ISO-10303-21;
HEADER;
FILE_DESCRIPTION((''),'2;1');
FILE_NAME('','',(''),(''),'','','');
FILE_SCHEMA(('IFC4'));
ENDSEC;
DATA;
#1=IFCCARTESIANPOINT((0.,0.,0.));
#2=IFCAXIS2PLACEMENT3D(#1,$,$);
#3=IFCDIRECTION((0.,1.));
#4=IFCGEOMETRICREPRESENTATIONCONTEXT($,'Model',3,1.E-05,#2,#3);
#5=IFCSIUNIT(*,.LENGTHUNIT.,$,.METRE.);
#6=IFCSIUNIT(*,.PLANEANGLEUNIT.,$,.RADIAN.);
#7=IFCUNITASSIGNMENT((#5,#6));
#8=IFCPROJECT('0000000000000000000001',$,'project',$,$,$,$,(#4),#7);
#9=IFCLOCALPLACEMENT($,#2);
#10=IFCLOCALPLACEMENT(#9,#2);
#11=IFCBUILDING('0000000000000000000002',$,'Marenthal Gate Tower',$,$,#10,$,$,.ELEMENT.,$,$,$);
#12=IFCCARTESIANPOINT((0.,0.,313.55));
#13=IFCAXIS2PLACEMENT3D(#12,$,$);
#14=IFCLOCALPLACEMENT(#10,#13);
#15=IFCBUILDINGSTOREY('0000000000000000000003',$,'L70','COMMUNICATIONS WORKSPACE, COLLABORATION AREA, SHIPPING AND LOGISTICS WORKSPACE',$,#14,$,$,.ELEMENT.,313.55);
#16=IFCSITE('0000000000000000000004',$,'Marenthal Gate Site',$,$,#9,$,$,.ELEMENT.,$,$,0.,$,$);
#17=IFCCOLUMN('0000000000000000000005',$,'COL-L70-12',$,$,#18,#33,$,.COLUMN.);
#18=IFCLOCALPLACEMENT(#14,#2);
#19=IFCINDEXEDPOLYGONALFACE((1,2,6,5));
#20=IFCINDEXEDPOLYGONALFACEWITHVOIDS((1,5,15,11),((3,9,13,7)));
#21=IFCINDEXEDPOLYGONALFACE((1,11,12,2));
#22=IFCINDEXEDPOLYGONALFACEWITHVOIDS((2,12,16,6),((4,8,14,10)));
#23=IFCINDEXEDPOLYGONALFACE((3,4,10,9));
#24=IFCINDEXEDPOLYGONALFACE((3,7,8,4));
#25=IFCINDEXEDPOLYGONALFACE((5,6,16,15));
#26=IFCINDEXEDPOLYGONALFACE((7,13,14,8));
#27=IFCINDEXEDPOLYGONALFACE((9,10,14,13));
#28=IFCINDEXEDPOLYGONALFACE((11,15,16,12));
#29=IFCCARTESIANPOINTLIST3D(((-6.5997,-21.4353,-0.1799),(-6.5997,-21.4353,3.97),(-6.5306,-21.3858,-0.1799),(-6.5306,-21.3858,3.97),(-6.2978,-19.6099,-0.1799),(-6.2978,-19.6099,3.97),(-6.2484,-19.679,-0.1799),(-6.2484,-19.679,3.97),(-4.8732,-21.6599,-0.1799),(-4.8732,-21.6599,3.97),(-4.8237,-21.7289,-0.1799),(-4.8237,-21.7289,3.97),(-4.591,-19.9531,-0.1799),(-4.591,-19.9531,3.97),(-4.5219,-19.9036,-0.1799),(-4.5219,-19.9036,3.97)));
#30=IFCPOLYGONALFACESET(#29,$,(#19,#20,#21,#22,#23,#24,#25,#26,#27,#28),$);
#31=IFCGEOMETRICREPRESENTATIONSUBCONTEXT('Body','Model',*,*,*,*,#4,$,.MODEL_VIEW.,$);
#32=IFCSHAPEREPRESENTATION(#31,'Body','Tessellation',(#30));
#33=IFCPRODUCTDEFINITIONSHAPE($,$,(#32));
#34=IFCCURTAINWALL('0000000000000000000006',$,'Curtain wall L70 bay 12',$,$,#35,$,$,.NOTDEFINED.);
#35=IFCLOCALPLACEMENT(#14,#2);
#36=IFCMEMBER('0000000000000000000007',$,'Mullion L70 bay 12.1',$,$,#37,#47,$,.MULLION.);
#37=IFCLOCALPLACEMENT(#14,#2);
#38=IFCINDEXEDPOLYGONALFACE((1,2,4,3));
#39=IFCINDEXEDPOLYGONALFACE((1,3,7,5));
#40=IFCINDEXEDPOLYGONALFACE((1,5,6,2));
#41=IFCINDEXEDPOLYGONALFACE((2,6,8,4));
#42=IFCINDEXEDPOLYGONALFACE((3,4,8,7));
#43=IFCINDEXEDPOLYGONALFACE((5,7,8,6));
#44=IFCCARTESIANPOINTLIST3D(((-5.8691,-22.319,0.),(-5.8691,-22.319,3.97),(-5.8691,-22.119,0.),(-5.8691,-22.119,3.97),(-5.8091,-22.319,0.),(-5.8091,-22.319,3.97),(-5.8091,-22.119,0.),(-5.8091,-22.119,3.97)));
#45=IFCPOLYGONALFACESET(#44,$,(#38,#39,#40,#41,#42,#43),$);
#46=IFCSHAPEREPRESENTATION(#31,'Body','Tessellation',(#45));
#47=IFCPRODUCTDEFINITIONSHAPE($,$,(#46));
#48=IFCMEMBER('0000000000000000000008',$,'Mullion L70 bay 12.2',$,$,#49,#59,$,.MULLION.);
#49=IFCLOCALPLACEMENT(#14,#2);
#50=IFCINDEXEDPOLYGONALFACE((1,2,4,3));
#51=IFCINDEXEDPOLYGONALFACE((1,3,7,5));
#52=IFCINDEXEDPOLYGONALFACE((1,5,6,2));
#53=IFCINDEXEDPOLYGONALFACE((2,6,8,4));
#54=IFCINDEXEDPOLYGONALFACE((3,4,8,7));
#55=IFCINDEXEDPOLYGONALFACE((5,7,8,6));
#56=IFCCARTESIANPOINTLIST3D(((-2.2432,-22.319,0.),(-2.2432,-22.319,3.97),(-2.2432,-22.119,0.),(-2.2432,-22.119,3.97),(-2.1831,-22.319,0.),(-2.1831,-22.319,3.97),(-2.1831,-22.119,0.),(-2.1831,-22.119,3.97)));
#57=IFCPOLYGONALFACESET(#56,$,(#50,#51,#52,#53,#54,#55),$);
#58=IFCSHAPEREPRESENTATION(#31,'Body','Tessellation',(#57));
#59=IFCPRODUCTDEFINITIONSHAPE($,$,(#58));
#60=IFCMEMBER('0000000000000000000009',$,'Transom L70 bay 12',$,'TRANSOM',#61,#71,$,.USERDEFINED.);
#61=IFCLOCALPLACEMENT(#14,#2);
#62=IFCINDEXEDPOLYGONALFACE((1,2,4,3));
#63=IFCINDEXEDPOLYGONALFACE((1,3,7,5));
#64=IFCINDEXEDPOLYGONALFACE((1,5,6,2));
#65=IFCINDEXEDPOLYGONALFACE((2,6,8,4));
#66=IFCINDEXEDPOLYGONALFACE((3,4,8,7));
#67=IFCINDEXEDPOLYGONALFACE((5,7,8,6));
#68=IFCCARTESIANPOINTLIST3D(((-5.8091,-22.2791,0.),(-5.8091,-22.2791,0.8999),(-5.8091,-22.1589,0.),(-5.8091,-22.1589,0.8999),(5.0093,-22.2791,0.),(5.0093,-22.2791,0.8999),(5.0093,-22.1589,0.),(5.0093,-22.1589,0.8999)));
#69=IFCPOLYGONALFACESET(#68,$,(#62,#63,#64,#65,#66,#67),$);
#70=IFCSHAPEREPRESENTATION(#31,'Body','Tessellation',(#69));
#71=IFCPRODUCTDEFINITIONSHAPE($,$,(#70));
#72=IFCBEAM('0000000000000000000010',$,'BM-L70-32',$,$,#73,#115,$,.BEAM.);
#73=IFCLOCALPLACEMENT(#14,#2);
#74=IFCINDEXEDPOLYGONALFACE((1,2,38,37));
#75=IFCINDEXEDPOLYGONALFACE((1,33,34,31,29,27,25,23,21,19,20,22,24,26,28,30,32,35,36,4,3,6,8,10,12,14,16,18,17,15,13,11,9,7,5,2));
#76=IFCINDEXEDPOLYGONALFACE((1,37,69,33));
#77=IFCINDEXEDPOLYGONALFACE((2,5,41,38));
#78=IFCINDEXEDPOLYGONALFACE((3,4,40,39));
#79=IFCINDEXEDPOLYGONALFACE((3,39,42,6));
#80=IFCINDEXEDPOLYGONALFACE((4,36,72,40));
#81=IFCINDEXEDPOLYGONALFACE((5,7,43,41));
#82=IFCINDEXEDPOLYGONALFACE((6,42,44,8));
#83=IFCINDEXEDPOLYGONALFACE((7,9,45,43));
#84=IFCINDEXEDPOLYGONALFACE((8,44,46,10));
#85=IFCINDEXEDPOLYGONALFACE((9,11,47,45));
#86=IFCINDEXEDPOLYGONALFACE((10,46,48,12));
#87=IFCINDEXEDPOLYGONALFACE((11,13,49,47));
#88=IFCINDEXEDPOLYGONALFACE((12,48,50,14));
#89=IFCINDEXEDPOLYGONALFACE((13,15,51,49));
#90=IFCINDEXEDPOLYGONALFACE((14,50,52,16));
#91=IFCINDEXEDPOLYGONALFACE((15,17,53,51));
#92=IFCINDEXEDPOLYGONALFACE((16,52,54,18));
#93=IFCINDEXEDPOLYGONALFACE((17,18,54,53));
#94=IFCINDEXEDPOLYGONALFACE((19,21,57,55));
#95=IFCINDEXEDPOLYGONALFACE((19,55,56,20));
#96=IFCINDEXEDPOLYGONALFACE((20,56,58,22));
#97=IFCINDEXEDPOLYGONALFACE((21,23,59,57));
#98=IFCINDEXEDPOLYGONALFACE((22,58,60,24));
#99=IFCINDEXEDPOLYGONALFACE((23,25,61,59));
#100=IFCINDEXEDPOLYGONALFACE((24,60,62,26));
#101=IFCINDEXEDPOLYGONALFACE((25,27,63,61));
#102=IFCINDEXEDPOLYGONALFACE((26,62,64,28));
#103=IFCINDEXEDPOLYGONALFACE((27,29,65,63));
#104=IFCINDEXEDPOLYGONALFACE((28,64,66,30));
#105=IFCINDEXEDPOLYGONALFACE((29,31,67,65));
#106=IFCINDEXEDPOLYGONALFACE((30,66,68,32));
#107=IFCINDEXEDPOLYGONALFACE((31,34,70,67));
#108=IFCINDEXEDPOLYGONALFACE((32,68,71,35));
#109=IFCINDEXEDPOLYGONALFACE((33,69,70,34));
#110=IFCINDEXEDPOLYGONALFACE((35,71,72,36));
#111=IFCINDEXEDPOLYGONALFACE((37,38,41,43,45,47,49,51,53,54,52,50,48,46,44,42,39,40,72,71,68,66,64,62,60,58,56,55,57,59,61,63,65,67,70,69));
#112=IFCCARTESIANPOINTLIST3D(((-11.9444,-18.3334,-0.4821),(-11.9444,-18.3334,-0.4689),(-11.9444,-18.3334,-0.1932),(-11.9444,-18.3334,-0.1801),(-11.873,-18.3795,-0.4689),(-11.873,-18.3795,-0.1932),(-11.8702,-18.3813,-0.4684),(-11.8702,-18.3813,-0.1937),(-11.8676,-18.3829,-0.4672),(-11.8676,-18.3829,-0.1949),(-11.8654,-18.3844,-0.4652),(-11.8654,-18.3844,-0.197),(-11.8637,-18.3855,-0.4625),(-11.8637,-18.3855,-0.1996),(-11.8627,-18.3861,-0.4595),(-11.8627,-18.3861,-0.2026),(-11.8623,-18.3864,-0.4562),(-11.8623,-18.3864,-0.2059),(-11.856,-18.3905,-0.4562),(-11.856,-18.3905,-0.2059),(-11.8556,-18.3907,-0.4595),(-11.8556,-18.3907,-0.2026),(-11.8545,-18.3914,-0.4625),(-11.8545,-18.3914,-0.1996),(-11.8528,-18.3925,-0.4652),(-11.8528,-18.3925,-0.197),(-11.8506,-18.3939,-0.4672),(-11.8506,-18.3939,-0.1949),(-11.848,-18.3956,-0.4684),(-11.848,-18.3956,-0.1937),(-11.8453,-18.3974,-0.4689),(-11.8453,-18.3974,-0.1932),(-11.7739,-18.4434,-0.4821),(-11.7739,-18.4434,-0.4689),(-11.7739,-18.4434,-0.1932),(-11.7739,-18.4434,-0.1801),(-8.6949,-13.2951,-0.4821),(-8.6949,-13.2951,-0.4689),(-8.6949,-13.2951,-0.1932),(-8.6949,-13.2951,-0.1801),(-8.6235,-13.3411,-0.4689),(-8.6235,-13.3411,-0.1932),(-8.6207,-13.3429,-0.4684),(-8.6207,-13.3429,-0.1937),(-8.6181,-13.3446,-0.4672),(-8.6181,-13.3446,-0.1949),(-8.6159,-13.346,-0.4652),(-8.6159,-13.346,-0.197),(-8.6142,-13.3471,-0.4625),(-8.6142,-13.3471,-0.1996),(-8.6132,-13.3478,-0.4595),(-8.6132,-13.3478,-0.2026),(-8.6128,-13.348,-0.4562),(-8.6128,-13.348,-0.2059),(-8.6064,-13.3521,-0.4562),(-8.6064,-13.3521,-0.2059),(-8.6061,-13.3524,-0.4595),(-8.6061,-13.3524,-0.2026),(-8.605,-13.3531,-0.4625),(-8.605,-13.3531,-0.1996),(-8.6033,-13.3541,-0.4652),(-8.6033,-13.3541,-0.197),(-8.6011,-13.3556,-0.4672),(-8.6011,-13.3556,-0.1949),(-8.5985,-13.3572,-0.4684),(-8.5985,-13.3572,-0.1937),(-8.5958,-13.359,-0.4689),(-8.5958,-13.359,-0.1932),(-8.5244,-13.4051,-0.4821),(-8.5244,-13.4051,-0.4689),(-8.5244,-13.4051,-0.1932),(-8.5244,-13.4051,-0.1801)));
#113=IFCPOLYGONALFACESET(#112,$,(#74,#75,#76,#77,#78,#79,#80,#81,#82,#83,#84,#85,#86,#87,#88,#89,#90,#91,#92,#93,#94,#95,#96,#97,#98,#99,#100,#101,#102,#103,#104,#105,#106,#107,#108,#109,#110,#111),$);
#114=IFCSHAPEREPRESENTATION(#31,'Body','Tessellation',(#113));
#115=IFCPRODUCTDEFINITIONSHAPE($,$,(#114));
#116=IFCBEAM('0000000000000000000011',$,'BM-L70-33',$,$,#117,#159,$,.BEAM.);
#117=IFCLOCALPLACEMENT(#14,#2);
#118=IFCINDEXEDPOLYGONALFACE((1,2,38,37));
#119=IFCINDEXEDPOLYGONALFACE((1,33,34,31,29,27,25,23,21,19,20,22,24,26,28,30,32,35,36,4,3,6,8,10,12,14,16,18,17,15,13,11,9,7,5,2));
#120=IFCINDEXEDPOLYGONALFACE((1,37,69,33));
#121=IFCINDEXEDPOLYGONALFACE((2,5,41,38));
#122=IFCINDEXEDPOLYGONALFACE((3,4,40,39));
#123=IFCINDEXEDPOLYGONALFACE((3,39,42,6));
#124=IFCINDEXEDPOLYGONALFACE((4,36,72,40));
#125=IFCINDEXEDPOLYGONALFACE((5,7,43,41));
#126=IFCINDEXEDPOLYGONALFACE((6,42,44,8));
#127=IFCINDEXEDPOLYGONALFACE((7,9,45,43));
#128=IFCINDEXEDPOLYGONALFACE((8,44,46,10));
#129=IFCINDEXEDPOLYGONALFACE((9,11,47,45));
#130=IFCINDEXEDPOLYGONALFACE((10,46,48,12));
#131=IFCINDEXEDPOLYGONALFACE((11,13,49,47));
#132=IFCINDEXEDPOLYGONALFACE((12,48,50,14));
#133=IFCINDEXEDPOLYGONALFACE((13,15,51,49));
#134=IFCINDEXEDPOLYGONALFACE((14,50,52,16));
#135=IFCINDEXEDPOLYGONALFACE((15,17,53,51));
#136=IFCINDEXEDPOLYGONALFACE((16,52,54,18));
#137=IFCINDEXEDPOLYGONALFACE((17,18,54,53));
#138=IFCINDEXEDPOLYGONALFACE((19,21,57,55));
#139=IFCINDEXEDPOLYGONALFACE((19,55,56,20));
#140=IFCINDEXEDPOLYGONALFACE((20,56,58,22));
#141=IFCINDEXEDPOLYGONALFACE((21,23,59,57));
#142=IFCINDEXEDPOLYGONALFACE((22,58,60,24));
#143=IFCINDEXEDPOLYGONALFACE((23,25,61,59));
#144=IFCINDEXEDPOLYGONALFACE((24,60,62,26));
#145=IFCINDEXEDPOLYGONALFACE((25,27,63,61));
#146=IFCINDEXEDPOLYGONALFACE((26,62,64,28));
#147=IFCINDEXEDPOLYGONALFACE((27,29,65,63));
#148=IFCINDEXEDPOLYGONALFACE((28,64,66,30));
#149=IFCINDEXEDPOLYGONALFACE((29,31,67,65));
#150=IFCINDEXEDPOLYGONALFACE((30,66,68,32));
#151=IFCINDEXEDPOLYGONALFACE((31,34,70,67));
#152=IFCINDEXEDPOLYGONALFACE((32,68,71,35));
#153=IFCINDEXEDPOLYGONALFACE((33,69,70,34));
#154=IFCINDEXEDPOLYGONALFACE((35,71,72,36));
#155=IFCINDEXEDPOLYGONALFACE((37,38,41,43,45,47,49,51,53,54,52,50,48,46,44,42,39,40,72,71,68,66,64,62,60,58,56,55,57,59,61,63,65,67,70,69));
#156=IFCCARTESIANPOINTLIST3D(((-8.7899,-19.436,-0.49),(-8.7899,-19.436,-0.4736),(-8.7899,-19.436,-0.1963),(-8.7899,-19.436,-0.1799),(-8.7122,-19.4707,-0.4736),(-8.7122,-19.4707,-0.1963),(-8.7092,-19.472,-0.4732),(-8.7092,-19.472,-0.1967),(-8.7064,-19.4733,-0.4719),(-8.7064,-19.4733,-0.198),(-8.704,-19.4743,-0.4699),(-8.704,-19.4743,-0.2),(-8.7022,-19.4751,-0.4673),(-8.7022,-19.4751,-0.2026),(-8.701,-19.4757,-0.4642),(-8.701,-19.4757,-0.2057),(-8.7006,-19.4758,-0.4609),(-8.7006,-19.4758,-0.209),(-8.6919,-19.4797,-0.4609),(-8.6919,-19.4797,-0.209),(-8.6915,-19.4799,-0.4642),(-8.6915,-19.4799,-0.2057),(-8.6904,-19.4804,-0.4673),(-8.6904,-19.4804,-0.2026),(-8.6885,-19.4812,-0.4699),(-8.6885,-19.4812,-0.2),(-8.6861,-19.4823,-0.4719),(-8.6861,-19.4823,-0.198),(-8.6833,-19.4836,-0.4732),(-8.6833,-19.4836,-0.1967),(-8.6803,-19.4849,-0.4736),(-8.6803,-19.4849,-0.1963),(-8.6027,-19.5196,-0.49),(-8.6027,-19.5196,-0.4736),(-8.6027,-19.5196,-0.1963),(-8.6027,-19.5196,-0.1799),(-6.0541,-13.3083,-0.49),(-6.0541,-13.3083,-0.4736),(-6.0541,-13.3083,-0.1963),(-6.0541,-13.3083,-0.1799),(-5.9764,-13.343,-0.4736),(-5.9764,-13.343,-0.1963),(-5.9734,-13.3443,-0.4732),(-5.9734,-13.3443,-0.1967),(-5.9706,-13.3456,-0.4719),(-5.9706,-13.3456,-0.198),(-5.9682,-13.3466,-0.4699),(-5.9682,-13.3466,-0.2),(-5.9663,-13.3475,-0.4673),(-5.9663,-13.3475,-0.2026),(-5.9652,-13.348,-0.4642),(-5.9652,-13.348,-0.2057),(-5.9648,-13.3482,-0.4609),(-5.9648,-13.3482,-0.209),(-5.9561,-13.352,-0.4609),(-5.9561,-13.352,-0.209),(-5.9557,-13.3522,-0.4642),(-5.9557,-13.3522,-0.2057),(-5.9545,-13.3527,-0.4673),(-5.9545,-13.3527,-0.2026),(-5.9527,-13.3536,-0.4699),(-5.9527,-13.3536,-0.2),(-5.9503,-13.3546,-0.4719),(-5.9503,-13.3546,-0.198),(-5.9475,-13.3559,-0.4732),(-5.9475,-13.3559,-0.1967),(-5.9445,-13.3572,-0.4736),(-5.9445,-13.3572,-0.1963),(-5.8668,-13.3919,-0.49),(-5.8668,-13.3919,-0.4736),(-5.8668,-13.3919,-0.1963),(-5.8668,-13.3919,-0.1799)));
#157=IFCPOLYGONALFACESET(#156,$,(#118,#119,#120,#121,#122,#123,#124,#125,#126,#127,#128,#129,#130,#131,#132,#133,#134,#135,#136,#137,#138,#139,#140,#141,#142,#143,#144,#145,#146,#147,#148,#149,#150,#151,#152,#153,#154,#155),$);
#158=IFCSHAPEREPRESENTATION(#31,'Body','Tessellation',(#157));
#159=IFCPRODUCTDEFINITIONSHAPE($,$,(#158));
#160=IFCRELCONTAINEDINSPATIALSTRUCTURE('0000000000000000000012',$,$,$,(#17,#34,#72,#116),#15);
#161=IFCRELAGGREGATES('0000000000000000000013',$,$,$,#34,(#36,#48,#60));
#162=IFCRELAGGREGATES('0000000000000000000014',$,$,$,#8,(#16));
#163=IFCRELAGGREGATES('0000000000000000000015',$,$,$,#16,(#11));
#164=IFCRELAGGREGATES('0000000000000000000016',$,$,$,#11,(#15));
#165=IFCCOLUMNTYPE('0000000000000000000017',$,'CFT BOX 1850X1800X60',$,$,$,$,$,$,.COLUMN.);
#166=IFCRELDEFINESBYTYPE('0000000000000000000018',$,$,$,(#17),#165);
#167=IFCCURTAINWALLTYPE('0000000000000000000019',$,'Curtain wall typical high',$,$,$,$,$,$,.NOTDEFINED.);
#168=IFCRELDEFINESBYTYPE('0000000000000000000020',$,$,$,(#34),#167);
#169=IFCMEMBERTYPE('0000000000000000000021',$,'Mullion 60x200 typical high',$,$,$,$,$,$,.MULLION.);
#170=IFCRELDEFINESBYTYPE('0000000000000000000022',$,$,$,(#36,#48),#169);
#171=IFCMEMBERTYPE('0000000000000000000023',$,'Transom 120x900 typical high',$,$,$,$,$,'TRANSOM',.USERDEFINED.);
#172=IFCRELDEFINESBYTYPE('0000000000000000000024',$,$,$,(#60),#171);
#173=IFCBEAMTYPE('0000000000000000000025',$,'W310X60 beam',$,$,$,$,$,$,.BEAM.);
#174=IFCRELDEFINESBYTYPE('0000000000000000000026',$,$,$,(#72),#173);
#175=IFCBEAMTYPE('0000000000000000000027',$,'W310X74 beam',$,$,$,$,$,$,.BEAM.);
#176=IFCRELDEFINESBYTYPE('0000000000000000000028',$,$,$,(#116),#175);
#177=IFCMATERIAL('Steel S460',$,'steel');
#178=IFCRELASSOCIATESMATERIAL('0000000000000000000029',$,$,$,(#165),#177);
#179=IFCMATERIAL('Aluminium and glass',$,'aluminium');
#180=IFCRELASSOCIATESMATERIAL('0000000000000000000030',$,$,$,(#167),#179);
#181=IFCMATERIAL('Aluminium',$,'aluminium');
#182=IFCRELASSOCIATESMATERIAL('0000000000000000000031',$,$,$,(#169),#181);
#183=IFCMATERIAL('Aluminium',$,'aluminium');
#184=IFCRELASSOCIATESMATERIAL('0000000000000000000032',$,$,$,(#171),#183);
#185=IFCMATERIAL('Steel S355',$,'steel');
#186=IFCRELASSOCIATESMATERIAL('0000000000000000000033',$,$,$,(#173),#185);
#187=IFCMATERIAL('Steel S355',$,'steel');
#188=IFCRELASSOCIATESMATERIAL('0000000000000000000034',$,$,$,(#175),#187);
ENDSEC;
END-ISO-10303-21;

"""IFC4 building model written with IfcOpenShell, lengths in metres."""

from ifc_helpers import new_model, si_unit, direction, frame, origin, origin_2d, place, context, subcontext, project, spatial, rectangle, hollow_rectangle, i_section, extrude, material, material_profile, profile_set, type_object, element, aggregate, save


model = new_model("IFC4")

# Units and contexts
model_context = context("Model", 3, precision=1e-05, world=origin(), true_north=direction((0.0, 1.0)))
body_context = subcontext(model_context, "Body", "Model", "MODEL_VIEW")
ifc_project = project(units=[si_unit("LENGTHUNIT", "METRE"), si_unit("PLANEANGLEUNIT", "RADIAN")], contexts=[model_context])

# Site, building, storey
site_placement = place(None, origin())
site = spatial("IfcSite", under=ifc_project, at=site_placement, Name="Marenthal Gate Site", CompositionType="ELEMENT", RefElevation=0.0)
building_placement = place(site_placement, origin())
building = spatial("IfcBuilding", under=site, at=building_placement, Name="Marenthal Gate Tower", CompositionType="ELEMENT")
storey_placement = place(building_placement, frame((0.0, 0.0, 313.55)))
storey = spatial("IfcBuildingStorey", under=building, at=storey_placement, Name="L70", Description="COMMUNICATIONS WORKSPACE, COLLABORATION AREA, SHIPPING AND LOGISTICS WORKSPACE", CompositionType="ELEMENT", Elevation=313.55)

# Column
ifc_material_1 = material(Name="Steel S460", Category="steel")
ifc_material_profile_1 = material_profile(ifc_material_1, hollow_rectangle(XDim=1.8, YDim=1.8501, WallThickness=0.0601, at=origin_2d()), Name="CFT BOX 1850X1800X60")
ifc_material_2 = material(Name="Concrete 70 MPa", Category="concrete")
ifc_material_profile_2 = material_profile(ifc_material_2, rectangle(XDim=1.6799, YDim=1.73, at=origin_2d()), Name="CFT BOX 1850X1800X60 INFILL")
ifc_profile_set_1 = profile_set([ifc_material_profile_1, ifc_material_profile_2], Name="Steel S460 shell, Concrete 70 MPa infill")
column_type = type_object("IfcColumnType", Name="CFT BOX 1850X1800X60", PredefinedType="COLUMN", material=ifc_profile_set_1)
column_placement = place(storey_placement, frame((-5.5608, -20.6694, -0.1799), z_axis=(0.0, 0.0, 1.0), x_axis=(-0.986602, 0.163147, 0.0)))
element("IfcColumn", 1, at=column_placement, inside=storey, type_object=column_type, Name="COL-L70-12", PredefinedType="COLUMN", context=body_context, shape_type="SweptSolid", body=[
    extrude(hollow_rectangle(XDim=1.8, YDim=1.8501, WallThickness=0.0601, at=origin_2d()), origin(), (0.0, 0.0, 1.0), 4.1499),
])

# Curtain wall, members
ifc_material_3 = material(Name="Aluminium and glass", Category="aluminium")
curtain_wall_type = type_object("IfcCurtainWallType", Name="Curtain wall typical high", PredefinedType="NOTDEFINED", material=ifc_material_3)
curtain_wall_placement = place(storey_placement, origin())
curtain_wall = element("IfcCurtainWall", 2, at=curtain_wall_placement, inside=storey, type_object=curtain_wall_type, Name="Curtain wall L70 bay 12", PredefinedType="NOTDEFINED")
ifc_material_4 = material(Name="Aluminium", Category="aluminium")
ifc_material_profile_3 = material_profile(ifc_material_4, rectangle(XDim=0.2, YDim=0.0601, at=origin_2d()), Name="60x200 aluminium mullion")
ifc_profile_set_2 = profile_set([ifc_material_profile_3], Name="Aluminium")
member_type_1 = type_object("IfcMemberType", Name="Mullion 60x200 typical high", PredefinedType="MULLION", material=ifc_profile_set_2)
member_1_placement = place(storey_placement, frame((-5.8391, -22.219, 0.0), z_axis=(0.0, 0.0, 1.0), x_axis=(0.0, 1.0, 0.0)))
member_1 = element("IfcMember", 3, at=member_1_placement, type_object=member_type_1, Name="Mullion L70 bay 12.1", PredefinedType="MULLION", context=body_context, shape_type="SweptSolid", body=[
    extrude(rectangle(XDim=0.2, YDim=0.0601, at=origin_2d()), origin(), (0.0, 0.0, 1.0), 3.97),
])
member_2_placement = place(storey_placement, frame((-2.2131, -22.219, 0.0), z_axis=(0.0, 0.0, 1.0), x_axis=(0.0, 1.0, 0.0)))
member_2 = element("IfcMember", 4, at=member_2_placement, type_object=member_type_1, Name="Mullion L70 bay 12.2", PredefinedType="MULLION", context=body_context, shape_type="SweptSolid", body=[
    extrude(rectangle(XDim=0.2, YDim=0.0601, at=origin_2d()), origin(), (0.0, 0.0, 1.0), 3.97),
])
ifc_material_5 = material(Name="Aluminium", Category="aluminium")
ifc_material_profile_4 = material_profile(ifc_material_5, rectangle(XDim=0.1201, YDim=0.8999, at=origin_2d()), Name="120x900 aluminium transom")
ifc_profile_set_3 = profile_set([ifc_material_profile_4], Name="Aluminium")
member_type_2 = type_object("IfcMemberType", Name="Transom 120x900 typical high", ElementType="TRANSOM", PredefinedType="USERDEFINED", material=ifc_profile_set_3)
member_3_placement = place(storey_placement, frame((-5.8091, -22.219, 0.45), z_axis=(1.0, 0.0, 0.0), x_axis=(0.0, 1.0, 0.0)))
member_3 = element("IfcMember", 5, at=member_3_placement, type_object=member_type_2, Name="Transom L70 bay 12", ObjectType="TRANSOM", PredefinedType="USERDEFINED", context=body_context, shape_type="SweptSolid", body=[
    extrude(rectangle(XDim=0.1201, YDim=0.8999, at=origin_2d()), origin(), (0.0, 0.0, 1.0), 10.8184),
])

# Beams
ifc_material_6 = material(Name="Steel S355", Category="steel")
ifc_material_profile_5 = material_profile(ifc_material_6, i_section(OverallWidth=0.2029, OverallDepth=0.302, WebThickness=0.0076, FlangeThickness=0.0132, FilletRadius=0.0127, at=origin_2d()), Name="W310X60")
ifc_profile_set_4 = profile_set([ifc_material_profile_5], Name="Steel S355")
beam_type_1 = type_object("IfcBeamType", Name="W310X60 beam", PredefinedType="BEAM", material=ifc_profile_set_4)
beam_1_placement = place(storey_placement, frame((-11.8591, -18.3884, -0.3311), z_axis=(0.542006, 0.840374, 0.0), x_axis=(-0.840374, 0.542006, 0.0)))
element("IfcBeam", 6, at=beam_1_placement, inside=storey, type_object=beam_type_1, Name="BM-L70-32", PredefinedType="BEAM", context=body_context, shape_type="SweptSolid", body=[
    extrude(i_section(OverallWidth=0.2029, OverallDepth=0.302, WebThickness=0.0076, FlangeThickness=0.0132, FilletRadius=0.0127, at=origin_2d()), origin(), (0.0, 0.0, 1.0), 5.9954),
])
ifc_material_7 = material(Name="Steel S355", Category="steel")
ifc_material_profile_6 = material_profile(ifc_material_7, i_section(OverallWidth=0.2051, OverallDepth=0.3101, WebThickness=0.0095, FlangeThickness=0.0164, FilletRadius=0.0127, at=origin_2d()), Name="W310X74")
ifc_profile_set_5 = profile_set([ifc_material_profile_6], Name="Steel S355")
beam_type_2 = type_object("IfcBeamType", Name="W310X74 beam", PredefinedType="BEAM", material=ifc_profile_set_5)
beam_2_placement = place(storey_placement, frame((-8.6963, -19.4778, -0.335), z_axis=(0.407684, 0.913123, 0.0), x_axis=(-0.913123, 0.407684, 0.0)))
element("IfcBeam", 7, at=beam_2_placement, inside=storey, type_object=beam_type_2, Name="BM-L70-33", PredefinedType="BEAM", context=body_context, shape_type="SweptSolid", body=[
    extrude(i_section(OverallWidth=0.2051, OverallDepth=0.3101, WebThickness=0.0095, FlangeThickness=0.0164, FilletRadius=0.0127, at=origin_2d()), origin(), (0.0, 0.0, 1.0), 6.7107),
])

aggregate(curtain_wall, [member_1, member_2, member_3])

save(model, "model.ifc")
